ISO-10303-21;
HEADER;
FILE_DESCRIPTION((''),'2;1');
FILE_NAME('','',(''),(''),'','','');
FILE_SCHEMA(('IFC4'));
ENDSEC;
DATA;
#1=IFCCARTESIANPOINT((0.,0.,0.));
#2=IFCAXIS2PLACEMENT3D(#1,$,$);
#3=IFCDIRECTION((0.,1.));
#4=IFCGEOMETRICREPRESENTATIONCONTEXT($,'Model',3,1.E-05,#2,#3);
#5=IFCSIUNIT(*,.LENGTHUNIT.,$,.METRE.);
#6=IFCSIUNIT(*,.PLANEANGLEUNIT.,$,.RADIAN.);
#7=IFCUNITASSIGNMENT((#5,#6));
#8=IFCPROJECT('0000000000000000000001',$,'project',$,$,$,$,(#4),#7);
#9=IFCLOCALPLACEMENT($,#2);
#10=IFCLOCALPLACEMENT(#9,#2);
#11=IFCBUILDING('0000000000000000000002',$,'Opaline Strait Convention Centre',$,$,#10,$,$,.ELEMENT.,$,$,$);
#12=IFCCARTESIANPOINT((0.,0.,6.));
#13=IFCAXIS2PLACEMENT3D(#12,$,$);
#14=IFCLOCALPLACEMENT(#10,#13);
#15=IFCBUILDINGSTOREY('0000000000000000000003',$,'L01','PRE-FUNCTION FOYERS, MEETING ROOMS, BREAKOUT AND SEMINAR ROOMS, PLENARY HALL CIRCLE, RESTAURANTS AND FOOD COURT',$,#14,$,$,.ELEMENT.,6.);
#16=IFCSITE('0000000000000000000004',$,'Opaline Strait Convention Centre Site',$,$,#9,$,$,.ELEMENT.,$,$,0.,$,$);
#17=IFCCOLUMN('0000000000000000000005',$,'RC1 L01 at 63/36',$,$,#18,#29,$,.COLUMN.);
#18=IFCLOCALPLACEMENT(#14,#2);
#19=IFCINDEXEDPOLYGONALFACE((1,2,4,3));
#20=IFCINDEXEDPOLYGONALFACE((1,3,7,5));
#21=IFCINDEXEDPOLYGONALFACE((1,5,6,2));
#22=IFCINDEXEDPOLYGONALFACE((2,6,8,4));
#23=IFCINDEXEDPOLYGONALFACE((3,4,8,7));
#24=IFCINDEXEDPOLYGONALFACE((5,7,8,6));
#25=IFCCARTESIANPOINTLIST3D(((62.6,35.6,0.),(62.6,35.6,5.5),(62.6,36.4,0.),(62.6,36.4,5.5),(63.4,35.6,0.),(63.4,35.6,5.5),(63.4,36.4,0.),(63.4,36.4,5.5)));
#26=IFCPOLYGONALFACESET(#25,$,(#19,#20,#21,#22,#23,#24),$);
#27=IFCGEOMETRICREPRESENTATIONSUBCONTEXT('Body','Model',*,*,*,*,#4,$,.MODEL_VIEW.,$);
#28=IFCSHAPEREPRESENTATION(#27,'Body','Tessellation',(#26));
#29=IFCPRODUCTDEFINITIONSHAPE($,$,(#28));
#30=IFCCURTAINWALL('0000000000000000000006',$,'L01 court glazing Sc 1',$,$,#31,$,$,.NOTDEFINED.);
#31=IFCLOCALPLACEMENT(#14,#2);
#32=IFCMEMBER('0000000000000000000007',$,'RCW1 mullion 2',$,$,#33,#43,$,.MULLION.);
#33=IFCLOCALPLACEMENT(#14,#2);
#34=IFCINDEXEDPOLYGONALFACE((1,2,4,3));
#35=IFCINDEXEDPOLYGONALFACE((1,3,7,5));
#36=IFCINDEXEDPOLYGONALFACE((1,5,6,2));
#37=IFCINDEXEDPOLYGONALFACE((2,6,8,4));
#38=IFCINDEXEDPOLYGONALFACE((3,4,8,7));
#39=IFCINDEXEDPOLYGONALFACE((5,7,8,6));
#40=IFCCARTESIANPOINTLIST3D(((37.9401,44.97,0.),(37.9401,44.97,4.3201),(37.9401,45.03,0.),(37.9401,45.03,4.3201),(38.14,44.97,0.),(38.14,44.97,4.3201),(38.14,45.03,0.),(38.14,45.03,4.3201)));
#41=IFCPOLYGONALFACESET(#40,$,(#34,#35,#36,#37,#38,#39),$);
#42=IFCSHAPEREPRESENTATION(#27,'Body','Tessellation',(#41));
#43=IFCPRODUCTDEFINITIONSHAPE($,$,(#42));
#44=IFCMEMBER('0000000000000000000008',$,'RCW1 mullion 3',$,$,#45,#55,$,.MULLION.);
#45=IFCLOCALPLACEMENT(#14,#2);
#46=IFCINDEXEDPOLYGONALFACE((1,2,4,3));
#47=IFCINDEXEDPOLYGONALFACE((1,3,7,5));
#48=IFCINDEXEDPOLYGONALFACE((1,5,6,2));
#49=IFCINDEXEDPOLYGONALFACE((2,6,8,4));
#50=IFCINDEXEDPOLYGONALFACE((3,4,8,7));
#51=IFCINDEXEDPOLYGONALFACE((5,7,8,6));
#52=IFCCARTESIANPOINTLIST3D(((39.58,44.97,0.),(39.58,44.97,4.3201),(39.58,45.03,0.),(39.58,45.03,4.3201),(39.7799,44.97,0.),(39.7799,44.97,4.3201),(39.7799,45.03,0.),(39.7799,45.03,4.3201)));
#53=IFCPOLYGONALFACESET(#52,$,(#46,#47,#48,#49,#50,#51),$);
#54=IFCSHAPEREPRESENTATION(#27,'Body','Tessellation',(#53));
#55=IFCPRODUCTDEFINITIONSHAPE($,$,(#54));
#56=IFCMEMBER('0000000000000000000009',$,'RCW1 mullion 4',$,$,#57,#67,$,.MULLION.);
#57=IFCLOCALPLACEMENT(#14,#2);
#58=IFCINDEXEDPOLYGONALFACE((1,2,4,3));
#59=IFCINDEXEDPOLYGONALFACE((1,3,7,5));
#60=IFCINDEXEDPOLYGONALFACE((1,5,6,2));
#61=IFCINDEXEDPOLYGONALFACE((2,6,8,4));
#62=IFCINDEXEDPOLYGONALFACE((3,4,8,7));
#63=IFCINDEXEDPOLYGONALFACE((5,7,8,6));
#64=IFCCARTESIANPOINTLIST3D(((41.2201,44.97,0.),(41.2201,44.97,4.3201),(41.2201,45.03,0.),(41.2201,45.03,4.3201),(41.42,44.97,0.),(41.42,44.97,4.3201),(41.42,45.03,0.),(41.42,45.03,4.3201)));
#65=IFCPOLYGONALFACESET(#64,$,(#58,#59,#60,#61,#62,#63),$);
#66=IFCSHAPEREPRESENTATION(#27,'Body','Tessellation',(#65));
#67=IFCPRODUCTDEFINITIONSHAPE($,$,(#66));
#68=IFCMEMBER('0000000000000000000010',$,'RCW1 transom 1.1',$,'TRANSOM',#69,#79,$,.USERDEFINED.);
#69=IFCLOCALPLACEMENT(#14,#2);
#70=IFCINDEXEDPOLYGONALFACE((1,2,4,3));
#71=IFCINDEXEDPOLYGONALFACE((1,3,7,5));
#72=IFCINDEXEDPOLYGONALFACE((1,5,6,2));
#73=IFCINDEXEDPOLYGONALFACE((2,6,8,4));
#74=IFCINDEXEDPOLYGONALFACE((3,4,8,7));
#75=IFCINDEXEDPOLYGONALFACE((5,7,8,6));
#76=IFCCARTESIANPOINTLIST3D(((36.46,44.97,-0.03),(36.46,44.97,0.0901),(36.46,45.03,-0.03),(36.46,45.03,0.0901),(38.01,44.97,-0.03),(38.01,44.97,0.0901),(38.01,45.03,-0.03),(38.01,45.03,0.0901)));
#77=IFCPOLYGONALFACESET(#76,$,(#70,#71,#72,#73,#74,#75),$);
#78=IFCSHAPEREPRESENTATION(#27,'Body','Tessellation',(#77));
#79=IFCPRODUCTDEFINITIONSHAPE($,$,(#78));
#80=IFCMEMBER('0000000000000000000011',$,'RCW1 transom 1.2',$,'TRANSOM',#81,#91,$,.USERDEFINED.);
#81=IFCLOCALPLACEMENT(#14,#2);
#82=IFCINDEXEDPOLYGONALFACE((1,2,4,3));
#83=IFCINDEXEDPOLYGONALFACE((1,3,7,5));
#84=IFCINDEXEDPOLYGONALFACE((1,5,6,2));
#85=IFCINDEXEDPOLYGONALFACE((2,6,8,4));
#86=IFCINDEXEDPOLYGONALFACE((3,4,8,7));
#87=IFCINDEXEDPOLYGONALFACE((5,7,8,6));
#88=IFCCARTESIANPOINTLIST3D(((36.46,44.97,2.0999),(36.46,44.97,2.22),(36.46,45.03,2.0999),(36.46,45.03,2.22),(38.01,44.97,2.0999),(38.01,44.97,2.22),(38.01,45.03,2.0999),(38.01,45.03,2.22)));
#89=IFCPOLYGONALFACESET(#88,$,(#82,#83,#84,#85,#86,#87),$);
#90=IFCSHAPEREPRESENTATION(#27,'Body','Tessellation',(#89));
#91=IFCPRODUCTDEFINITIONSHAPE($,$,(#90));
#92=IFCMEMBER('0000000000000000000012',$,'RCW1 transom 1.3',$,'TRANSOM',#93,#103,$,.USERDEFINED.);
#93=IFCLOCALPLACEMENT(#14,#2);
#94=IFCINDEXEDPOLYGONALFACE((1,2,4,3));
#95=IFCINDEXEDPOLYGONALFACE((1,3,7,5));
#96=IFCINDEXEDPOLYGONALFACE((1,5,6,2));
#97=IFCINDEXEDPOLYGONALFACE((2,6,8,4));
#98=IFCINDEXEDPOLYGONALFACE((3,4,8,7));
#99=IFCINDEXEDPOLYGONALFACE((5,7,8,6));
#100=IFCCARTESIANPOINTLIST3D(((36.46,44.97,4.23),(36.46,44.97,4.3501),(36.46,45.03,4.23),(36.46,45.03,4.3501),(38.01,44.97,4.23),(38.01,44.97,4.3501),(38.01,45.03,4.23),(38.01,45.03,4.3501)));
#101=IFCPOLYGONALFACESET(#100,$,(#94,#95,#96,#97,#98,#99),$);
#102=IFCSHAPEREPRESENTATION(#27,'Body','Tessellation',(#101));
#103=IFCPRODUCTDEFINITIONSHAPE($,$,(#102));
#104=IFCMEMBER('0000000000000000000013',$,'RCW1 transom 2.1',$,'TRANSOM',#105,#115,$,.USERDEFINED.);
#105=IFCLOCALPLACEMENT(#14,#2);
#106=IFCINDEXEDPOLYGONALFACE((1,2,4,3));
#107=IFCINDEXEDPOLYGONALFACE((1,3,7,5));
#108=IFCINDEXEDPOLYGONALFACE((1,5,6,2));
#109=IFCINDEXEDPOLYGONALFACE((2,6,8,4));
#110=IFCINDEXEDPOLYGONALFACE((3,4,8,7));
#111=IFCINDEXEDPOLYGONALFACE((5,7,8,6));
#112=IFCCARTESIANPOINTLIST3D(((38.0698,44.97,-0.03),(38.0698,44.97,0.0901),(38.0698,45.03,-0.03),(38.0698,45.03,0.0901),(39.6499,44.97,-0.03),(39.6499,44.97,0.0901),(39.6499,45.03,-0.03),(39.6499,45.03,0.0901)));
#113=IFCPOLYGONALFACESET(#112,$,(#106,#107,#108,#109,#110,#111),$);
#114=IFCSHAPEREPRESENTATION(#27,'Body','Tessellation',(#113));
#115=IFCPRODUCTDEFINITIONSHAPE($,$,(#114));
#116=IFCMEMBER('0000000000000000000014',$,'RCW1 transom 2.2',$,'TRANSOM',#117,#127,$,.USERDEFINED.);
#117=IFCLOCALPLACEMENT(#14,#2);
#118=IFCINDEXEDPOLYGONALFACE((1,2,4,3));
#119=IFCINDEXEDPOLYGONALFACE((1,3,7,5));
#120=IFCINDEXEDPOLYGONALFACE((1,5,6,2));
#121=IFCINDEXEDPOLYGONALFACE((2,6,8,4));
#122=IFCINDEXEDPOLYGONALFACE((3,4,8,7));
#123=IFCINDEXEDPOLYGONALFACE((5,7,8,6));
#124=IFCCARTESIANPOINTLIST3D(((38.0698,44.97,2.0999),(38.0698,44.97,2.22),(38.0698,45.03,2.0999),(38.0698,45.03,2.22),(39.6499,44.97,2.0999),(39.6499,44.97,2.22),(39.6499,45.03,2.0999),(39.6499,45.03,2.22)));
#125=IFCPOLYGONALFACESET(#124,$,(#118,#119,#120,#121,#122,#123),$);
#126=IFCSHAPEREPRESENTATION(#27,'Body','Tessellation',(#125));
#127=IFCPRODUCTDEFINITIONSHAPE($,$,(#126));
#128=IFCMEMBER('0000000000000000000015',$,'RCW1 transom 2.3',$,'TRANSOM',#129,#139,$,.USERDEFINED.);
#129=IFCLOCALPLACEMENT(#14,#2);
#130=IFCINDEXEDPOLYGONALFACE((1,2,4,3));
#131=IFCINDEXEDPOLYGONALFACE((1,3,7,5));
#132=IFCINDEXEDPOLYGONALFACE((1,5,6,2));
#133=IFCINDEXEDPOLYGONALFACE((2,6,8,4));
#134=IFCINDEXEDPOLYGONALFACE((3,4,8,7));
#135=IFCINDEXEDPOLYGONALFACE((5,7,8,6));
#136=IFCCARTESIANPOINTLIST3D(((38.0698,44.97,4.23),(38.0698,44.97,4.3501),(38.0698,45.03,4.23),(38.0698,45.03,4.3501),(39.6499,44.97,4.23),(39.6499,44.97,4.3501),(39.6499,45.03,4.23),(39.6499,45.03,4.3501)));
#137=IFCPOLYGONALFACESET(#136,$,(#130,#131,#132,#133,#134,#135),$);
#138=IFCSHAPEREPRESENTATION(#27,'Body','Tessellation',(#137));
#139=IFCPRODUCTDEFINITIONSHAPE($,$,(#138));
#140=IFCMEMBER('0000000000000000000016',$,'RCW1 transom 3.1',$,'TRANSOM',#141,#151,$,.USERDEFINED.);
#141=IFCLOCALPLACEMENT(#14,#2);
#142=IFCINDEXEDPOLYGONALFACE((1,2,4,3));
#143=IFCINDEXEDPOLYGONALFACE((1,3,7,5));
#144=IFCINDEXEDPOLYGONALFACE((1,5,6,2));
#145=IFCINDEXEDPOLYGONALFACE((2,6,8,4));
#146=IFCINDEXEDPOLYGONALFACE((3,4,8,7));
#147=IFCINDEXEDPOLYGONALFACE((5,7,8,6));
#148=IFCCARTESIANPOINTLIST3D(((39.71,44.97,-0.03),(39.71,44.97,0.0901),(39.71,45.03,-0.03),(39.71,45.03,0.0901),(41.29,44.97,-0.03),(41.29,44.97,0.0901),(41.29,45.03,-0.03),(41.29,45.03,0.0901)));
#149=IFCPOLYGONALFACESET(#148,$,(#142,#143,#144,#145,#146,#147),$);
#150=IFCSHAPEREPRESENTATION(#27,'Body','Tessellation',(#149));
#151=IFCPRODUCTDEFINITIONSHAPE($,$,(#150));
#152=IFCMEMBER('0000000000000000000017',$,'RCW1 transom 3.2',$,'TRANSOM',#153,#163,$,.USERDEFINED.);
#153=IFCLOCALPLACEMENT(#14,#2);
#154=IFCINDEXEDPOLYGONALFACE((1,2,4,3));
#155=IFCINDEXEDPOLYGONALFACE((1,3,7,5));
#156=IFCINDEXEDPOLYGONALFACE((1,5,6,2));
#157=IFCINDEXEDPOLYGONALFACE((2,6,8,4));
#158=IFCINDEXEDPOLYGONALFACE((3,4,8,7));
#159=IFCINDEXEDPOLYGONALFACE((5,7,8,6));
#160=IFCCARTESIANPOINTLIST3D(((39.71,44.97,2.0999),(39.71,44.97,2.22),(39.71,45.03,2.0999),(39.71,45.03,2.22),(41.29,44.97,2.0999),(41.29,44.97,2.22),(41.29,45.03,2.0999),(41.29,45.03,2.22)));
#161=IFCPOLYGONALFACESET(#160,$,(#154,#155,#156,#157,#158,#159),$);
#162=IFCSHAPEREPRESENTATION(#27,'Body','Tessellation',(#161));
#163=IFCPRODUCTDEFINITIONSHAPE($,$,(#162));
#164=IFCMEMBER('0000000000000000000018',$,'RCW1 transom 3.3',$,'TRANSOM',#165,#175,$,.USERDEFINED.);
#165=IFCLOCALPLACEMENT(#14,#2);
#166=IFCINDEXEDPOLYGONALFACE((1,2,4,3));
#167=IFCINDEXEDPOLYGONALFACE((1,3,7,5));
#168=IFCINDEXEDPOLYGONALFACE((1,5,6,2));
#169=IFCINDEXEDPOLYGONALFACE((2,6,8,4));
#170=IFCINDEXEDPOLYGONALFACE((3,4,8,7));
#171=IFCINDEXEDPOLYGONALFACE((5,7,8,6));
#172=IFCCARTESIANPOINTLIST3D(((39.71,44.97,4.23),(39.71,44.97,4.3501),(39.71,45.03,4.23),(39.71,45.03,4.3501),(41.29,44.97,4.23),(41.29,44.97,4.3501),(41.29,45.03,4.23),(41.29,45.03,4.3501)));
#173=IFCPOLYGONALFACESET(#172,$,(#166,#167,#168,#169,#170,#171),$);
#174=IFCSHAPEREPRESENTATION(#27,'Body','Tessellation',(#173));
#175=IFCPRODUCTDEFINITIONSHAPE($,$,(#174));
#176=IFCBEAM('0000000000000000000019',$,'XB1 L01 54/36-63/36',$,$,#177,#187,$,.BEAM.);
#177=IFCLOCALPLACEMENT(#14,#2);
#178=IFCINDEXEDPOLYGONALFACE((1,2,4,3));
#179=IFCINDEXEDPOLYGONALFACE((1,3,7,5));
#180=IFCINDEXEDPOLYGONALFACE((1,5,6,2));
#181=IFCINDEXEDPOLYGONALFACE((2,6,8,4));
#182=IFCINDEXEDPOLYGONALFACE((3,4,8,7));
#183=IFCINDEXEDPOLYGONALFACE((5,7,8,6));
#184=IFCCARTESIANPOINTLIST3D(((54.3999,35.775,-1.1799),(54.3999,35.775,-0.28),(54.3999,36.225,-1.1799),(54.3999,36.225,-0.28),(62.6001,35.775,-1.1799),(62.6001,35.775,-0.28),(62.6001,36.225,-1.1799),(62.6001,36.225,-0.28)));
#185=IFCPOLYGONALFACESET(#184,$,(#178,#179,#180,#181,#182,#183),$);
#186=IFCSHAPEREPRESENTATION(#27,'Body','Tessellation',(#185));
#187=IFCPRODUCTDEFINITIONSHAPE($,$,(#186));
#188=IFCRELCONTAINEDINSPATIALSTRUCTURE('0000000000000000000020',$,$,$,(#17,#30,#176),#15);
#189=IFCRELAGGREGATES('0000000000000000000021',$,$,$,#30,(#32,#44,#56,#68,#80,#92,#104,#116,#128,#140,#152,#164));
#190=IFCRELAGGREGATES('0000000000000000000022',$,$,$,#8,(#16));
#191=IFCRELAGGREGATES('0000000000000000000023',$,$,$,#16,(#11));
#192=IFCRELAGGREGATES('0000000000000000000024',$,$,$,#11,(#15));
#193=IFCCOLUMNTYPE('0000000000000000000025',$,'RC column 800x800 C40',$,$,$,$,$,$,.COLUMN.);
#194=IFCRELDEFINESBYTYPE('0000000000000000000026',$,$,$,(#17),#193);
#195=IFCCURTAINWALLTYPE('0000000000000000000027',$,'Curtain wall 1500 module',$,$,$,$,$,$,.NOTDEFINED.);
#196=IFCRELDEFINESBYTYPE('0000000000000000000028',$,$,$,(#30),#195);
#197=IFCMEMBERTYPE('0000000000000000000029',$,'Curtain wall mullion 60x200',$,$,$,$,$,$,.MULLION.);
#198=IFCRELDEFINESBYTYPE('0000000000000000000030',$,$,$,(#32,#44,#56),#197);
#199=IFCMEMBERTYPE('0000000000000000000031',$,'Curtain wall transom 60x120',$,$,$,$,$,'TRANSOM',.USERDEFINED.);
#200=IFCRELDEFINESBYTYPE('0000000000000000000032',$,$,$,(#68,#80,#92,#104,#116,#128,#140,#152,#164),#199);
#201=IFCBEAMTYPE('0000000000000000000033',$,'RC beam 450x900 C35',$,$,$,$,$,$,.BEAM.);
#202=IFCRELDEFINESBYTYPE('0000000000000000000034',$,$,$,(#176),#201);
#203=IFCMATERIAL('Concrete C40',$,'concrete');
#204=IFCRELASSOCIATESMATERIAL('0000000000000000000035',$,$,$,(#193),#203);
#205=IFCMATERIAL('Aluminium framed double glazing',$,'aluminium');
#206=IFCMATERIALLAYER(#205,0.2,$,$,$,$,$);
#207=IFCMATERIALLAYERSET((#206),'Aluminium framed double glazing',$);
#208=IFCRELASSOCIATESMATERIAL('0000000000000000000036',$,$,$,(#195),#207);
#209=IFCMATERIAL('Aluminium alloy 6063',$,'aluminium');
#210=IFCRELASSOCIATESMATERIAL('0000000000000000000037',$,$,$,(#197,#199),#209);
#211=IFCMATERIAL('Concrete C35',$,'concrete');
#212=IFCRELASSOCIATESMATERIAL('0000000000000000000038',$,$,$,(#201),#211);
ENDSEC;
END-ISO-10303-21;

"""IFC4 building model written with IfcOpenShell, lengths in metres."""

from ifc_helpers import new_model, si_unit, direction, frame, origin, origin_2d, place, context, subcontext, project, spatial, rectangle, extrude, material, layer, layer_set, material_profile, profile_set, type_object, element, aggregate, save


model = new_model("IFC4")

# Units and contexts
model_context = context("Model", 3, precision=1e-05, world=origin(), true_north=direction((0.0, 1.0)))
body_context = subcontext(model_context, "Body", "Model", "MODEL_VIEW")
ifc_project = project(units=[si_unit("LENGTHUNIT", "METRE"), si_unit("PLANEANGLEUNIT", "RADIAN")], contexts=[model_context])

# Site, building, storey
site_placement = place(None, origin())
site = spatial("IfcSite", under=ifc_project, at=site_placement, Name="Opaline Strait Convention Centre Site", CompositionType="ELEMENT", RefElevation=0.0)
building_placement = place(site_placement, origin())
building = spatial("IfcBuilding", under=site, at=building_placement, Name="Opaline Strait Convention Centre", CompositionType="ELEMENT")
storey_placement = place(building_placement, frame((0.0, 0.0, 6.0)))
storey = spatial("IfcBuildingStorey", under=building, at=storey_placement, Name="L01", Description="PRE-FUNCTION FOYERS, MEETING ROOMS, BREAKOUT AND SEMINAR ROOMS, PLENARY HALL CIRCLE, RESTAURANTS AND FOOD COURT", CompositionType="ELEMENT", Elevation=6.0)

# Column
ifc_material_1 = material(Name="Concrete C40", Category="concrete")
ifc_material_profile_1 = material_profile(ifc_material_1, rectangle(XDim=0.8, YDim=0.8, at=origin_2d()), Name="RC 800x800")
ifc_profile_set_1 = profile_set([ifc_material_profile_1], Name="Concrete C40")
column_type = type_object("IfcColumnType", Name="RC column 800x800 C40", PredefinedType="COLUMN", material=ifc_profile_set_1)
column_placement = place(storey_placement, frame((63.0, 36.0, 0.0), z_axis=(0.0, 0.0, 1.0), x_axis=(1.0, 0.0, 0.0)))
element("IfcColumn", 1, at=column_placement, inside=storey, type_object=column_type, Name="RC1 L01 at 63/36", PredefinedType="COLUMN", context=body_context, shape_type="SweptSolid", body=[
    extrude(rectangle(XDim=0.8, YDim=0.8, at=origin_2d()), origin(), (0.0, 0.0, 1.0), 5.5),
])

# Curtain wall, members
ifc_material_2 = material(Name="Aluminium framed double glazing", Category="aluminium")
ifc_layer_1 = layer(ifc_material_2, 0.2)
ifc_layer_set_1 = layer_set([ifc_layer_1], Name="Aluminium framed double glazing")
curtain_wall_type = type_object("IfcCurtainWallType", Name="Curtain wall 1500 module", PredefinedType="NOTDEFINED", material=ifc_layer_set_1)
curtain_wall_placement = place(storey_placement, origin())
curtain_wall = element("IfcCurtainWall", 2, at=curtain_wall_placement, inside=storey, type_object=curtain_wall_type, Name="L01 court glazing Sc 1", PredefinedType="NOTDEFINED")
ifc_material_3 = material(Name="Aluminium alloy 6063", Category="aluminium")
ifc_material_profile_2 = material_profile(ifc_material_3, rectangle(XDim=0.0601, YDim=0.2, at=origin_2d()), Name="Curtain wall mullion 60x200")
ifc_profile_set_2 = profile_set([ifc_material_profile_2], Name="Aluminium alloy 6063")
member_type_1 = type_object("IfcMemberType", Name="Curtain wall mullion 60x200", PredefinedType="MULLION", material=ifc_profile_set_2)
member_1_placement = place(storey_placement, frame((38.04, 45.0, 0.0), z_axis=(0.0, 0.0, 1.0), x_axis=(0.0, 1.0, 0.0)))
member_1 = element("IfcMember", 3, at=member_1_placement, type_object=member_type_1, Name="RCW1 mullion 2", PredefinedType="MULLION", context=body_context, shape_type="SweptSolid", body=[
    extrude(rectangle(XDim=0.0601, YDim=0.2, at=origin_2d()), origin(), (0.0, 0.0, 1.0), 4.3201),
])
member_2_placement = place(storey_placement, frame((39.6799, 45.0, 0.0), z_axis=(0.0, 0.0, 1.0), x_axis=(0.0, 1.0, 0.0)))
member_2 = element("IfcMember", 4, at=member_2_placement, type_object=member_type_1, Name="RCW1 mullion 3", PredefinedType="MULLION", context=body_context, shape_type="SweptSolid", body=[
    extrude(rectangle(XDim=0.0601, YDim=0.2, at=origin_2d()), origin(), (0.0, 0.0, 1.0), 4.3201),
])
member_3_placement = place(storey_placement, frame((41.3201, 45.0, 0.0), z_axis=(0.0, 0.0, 1.0), x_axis=(0.0, 1.0, 0.0)))
member_3 = element("IfcMember", 5, at=member_3_placement, type_object=member_type_1, Name="RCW1 mullion 4", PredefinedType="MULLION", context=body_context, shape_type="SweptSolid", body=[
    extrude(rectangle(XDim=0.0601, YDim=0.2, at=origin_2d()), origin(), (0.0, 0.0, 1.0), 4.3201),
])
ifc_material_profile_3 = material_profile(ifc_material_3, rectangle(XDim=0.0601, YDim=0.1201, at=origin_2d()), Name="Curtain wall transom 60x120")
ifc_profile_set_3 = profile_set([ifc_material_profile_3], Name="Aluminium alloy 6063")
member_type_2 = type_object("IfcMemberType", Name="Curtain wall transom 60x120", ElementType="TRANSOM", PredefinedType="USERDEFINED", material=ifc_profile_set_3)
member_4_placement = place(storey_placement, frame((36.46, 45.0, 0.03), z_axis=(1.0, 0.0, 0.0), x_axis=(0.0, 1.0, 0.0)))
member_4 = element("IfcMember", 6, at=member_4_placement, type_object=member_type_2, Name="RCW1 transom 1.1", ObjectType="TRANSOM", PredefinedType="USERDEFINED", context=body_context, shape_type="SweptSolid", body=[
    extrude(rectangle(XDim=0.0601, YDim=0.1201, at=origin_2d()), origin(), (0.0, 0.0, 1.0), 1.55),
])
member_5_placement = place(storey_placement, frame((36.46, 45.0, 2.1599), z_axis=(1.0, 0.0, 0.0), x_axis=(0.0, 1.0, 0.0)))
member_5 = element("IfcMember", 7, at=member_5_placement, type_object=member_type_2, Name="RCW1 transom 1.2", ObjectType="TRANSOM", PredefinedType="USERDEFINED", context=body_context, shape_type="SweptSolid", body=[
    extrude(rectangle(XDim=0.0601, YDim=0.1201, at=origin_2d()), origin(), (0.0, 0.0, 1.0), 1.55),
])
member_6_placement = place(storey_placement, frame((36.46, 45.0, 4.29), z_axis=(1.0, 0.0, 0.0), x_axis=(0.0, 1.0, 0.0)))
member_6 = element("IfcMember", 8, at=member_6_placement, type_object=member_type_2, Name="RCW1 transom 1.3", ObjectType="TRANSOM", PredefinedType="USERDEFINED", context=body_context, shape_type="SweptSolid", body=[
    extrude(rectangle(XDim=0.0601, YDim=0.1201, at=origin_2d()), origin(), (0.0, 0.0, 1.0), 1.55),
])
member_7_placement = place(storey_placement, frame((38.0698, 45.0, 0.03), z_axis=(1.0, 0.0, 0.0), x_axis=(0.0, 1.0, 0.0)))
member_7 = element("IfcMember", 9, at=member_7_placement, type_object=member_type_2, Name="RCW1 transom 2.1", ObjectType="TRANSOM", PredefinedType="USERDEFINED", context=body_context, shape_type="SweptSolid", body=[
    extrude(rectangle(XDim=0.0601, YDim=0.1201, at=origin_2d()), origin(), (0.0, 0.0, 1.0), 1.5801),
])
member_8_placement = place(storey_placement, frame((38.0698, 45.0, 2.1599), z_axis=(1.0, 0.0, 0.0), x_axis=(0.0, 1.0, 0.0)))
member_8 = element("IfcMember", 10, at=member_8_placement, type_object=member_type_2, Name="RCW1 transom 2.2", ObjectType="TRANSOM", PredefinedType="USERDEFINED", context=body_context, shape_type="SweptSolid", body=[
    extrude(rectangle(XDim=0.0601, YDim=0.1201, at=origin_2d()), origin(), (0.0, 0.0, 1.0), 1.5801),
])
member_9_placement = place(storey_placement, frame((38.0698, 45.0, 4.29), z_axis=(1.0, 0.0, 0.0), x_axis=(0.0, 1.0, 0.0)))
member_9 = element("IfcMember", 11, at=member_9_placement, type_object=member_type_2, Name="RCW1 transom 2.3", ObjectType="TRANSOM", PredefinedType="USERDEFINED", context=body_context, shape_type="SweptSolid", body=[
    extrude(rectangle(XDim=0.0601, YDim=0.1201, at=origin_2d()), origin(), (0.0, 0.0, 1.0), 1.5801),
])
member_10_placement = place(storey_placement, frame((39.71, 45.0, 0.03), z_axis=(1.0, 0.0, 0.0), x_axis=(0.0, 1.0, 0.0)))
member_10 = element("IfcMember", 12, at=member_10_placement, type_object=member_type_2, Name="RCW1 transom 3.1", ObjectType="TRANSOM", PredefinedType="USERDEFINED", context=body_context, shape_type="SweptSolid", body=[
    extrude(rectangle(XDim=0.0601, YDim=0.1201, at=origin_2d()), origin(), (0.0, 0.0, 1.0), 1.5801),
])
member_11_placement = place(storey_placement, frame((39.71, 45.0, 2.1599), z_axis=(1.0, 0.0, 0.0), x_axis=(0.0, 1.0, 0.0)))
member_11 = element("IfcMember", 13, at=member_11_placement, type_object=member_type_2, Name="RCW1 transom 3.2", ObjectType="TRANSOM", PredefinedType="USERDEFINED", context=body_context, shape_type="SweptSolid", body=[
    extrude(rectangle(XDim=0.0601, YDim=0.1201, at=origin_2d()), origin(), (0.0, 0.0, 1.0), 1.5801),
])
member_12_placement = place(storey_placement, frame((39.71, 45.0, 4.29), z_axis=(1.0, 0.0, 0.0), x_axis=(0.0, 1.0, 0.0)))
member_12 = element("IfcMember", 14, at=member_12_placement, type_object=member_type_2, Name="RCW1 transom 3.3", ObjectType="TRANSOM", PredefinedType="USERDEFINED", context=body_context, shape_type="SweptSolid", body=[
    extrude(rectangle(XDim=0.0601, YDim=0.1201, at=origin_2d()), origin(), (0.0, 0.0, 1.0), 1.5801),
])

# Beam
ifc_material_4 = material(Name="Concrete C35", Category="concrete")
ifc_material_profile_4 = material_profile(ifc_material_4, rectangle(XDim=0.45, YDim=0.8999, at=origin_2d()), Name="RC 450x900")
ifc_profile_set_4 = profile_set([ifc_material_profile_4], Name="Concrete C35")
beam_type = type_object("IfcBeamType", Name="RC beam 450x900 C35", PredefinedType="BEAM", material=ifc_profile_set_4)
for number, where, z_axis, x_axis, name in (
    (15, (54.3999, 36.0, -0.73), (1.0, 0.0, 0.0), (0.0, 1.0, 0.0), "XB1 L01 54/36-63/36"),
):
    element("IfcBeam", number, at=place(storey_placement, frame(where, z_axis=z_axis, x_axis=x_axis)), inside=storey, type_object=beam_type, Name=name, PredefinedType="BEAM", context=body_context, shape_type="SweptSolid", body=[
        extrude(rectangle(XDim=0.45, YDim=0.8999, at=origin_2d()), origin(), (0.0, 0.0, 1.0), 8.2002),
    ])

aggregate(curtain_wall, [member_1, member_2, member_3, member_4, member_5, member_6, member_7, member_8, member_9, member_10, member_11, member_12])

save(model, "model.ifc")
